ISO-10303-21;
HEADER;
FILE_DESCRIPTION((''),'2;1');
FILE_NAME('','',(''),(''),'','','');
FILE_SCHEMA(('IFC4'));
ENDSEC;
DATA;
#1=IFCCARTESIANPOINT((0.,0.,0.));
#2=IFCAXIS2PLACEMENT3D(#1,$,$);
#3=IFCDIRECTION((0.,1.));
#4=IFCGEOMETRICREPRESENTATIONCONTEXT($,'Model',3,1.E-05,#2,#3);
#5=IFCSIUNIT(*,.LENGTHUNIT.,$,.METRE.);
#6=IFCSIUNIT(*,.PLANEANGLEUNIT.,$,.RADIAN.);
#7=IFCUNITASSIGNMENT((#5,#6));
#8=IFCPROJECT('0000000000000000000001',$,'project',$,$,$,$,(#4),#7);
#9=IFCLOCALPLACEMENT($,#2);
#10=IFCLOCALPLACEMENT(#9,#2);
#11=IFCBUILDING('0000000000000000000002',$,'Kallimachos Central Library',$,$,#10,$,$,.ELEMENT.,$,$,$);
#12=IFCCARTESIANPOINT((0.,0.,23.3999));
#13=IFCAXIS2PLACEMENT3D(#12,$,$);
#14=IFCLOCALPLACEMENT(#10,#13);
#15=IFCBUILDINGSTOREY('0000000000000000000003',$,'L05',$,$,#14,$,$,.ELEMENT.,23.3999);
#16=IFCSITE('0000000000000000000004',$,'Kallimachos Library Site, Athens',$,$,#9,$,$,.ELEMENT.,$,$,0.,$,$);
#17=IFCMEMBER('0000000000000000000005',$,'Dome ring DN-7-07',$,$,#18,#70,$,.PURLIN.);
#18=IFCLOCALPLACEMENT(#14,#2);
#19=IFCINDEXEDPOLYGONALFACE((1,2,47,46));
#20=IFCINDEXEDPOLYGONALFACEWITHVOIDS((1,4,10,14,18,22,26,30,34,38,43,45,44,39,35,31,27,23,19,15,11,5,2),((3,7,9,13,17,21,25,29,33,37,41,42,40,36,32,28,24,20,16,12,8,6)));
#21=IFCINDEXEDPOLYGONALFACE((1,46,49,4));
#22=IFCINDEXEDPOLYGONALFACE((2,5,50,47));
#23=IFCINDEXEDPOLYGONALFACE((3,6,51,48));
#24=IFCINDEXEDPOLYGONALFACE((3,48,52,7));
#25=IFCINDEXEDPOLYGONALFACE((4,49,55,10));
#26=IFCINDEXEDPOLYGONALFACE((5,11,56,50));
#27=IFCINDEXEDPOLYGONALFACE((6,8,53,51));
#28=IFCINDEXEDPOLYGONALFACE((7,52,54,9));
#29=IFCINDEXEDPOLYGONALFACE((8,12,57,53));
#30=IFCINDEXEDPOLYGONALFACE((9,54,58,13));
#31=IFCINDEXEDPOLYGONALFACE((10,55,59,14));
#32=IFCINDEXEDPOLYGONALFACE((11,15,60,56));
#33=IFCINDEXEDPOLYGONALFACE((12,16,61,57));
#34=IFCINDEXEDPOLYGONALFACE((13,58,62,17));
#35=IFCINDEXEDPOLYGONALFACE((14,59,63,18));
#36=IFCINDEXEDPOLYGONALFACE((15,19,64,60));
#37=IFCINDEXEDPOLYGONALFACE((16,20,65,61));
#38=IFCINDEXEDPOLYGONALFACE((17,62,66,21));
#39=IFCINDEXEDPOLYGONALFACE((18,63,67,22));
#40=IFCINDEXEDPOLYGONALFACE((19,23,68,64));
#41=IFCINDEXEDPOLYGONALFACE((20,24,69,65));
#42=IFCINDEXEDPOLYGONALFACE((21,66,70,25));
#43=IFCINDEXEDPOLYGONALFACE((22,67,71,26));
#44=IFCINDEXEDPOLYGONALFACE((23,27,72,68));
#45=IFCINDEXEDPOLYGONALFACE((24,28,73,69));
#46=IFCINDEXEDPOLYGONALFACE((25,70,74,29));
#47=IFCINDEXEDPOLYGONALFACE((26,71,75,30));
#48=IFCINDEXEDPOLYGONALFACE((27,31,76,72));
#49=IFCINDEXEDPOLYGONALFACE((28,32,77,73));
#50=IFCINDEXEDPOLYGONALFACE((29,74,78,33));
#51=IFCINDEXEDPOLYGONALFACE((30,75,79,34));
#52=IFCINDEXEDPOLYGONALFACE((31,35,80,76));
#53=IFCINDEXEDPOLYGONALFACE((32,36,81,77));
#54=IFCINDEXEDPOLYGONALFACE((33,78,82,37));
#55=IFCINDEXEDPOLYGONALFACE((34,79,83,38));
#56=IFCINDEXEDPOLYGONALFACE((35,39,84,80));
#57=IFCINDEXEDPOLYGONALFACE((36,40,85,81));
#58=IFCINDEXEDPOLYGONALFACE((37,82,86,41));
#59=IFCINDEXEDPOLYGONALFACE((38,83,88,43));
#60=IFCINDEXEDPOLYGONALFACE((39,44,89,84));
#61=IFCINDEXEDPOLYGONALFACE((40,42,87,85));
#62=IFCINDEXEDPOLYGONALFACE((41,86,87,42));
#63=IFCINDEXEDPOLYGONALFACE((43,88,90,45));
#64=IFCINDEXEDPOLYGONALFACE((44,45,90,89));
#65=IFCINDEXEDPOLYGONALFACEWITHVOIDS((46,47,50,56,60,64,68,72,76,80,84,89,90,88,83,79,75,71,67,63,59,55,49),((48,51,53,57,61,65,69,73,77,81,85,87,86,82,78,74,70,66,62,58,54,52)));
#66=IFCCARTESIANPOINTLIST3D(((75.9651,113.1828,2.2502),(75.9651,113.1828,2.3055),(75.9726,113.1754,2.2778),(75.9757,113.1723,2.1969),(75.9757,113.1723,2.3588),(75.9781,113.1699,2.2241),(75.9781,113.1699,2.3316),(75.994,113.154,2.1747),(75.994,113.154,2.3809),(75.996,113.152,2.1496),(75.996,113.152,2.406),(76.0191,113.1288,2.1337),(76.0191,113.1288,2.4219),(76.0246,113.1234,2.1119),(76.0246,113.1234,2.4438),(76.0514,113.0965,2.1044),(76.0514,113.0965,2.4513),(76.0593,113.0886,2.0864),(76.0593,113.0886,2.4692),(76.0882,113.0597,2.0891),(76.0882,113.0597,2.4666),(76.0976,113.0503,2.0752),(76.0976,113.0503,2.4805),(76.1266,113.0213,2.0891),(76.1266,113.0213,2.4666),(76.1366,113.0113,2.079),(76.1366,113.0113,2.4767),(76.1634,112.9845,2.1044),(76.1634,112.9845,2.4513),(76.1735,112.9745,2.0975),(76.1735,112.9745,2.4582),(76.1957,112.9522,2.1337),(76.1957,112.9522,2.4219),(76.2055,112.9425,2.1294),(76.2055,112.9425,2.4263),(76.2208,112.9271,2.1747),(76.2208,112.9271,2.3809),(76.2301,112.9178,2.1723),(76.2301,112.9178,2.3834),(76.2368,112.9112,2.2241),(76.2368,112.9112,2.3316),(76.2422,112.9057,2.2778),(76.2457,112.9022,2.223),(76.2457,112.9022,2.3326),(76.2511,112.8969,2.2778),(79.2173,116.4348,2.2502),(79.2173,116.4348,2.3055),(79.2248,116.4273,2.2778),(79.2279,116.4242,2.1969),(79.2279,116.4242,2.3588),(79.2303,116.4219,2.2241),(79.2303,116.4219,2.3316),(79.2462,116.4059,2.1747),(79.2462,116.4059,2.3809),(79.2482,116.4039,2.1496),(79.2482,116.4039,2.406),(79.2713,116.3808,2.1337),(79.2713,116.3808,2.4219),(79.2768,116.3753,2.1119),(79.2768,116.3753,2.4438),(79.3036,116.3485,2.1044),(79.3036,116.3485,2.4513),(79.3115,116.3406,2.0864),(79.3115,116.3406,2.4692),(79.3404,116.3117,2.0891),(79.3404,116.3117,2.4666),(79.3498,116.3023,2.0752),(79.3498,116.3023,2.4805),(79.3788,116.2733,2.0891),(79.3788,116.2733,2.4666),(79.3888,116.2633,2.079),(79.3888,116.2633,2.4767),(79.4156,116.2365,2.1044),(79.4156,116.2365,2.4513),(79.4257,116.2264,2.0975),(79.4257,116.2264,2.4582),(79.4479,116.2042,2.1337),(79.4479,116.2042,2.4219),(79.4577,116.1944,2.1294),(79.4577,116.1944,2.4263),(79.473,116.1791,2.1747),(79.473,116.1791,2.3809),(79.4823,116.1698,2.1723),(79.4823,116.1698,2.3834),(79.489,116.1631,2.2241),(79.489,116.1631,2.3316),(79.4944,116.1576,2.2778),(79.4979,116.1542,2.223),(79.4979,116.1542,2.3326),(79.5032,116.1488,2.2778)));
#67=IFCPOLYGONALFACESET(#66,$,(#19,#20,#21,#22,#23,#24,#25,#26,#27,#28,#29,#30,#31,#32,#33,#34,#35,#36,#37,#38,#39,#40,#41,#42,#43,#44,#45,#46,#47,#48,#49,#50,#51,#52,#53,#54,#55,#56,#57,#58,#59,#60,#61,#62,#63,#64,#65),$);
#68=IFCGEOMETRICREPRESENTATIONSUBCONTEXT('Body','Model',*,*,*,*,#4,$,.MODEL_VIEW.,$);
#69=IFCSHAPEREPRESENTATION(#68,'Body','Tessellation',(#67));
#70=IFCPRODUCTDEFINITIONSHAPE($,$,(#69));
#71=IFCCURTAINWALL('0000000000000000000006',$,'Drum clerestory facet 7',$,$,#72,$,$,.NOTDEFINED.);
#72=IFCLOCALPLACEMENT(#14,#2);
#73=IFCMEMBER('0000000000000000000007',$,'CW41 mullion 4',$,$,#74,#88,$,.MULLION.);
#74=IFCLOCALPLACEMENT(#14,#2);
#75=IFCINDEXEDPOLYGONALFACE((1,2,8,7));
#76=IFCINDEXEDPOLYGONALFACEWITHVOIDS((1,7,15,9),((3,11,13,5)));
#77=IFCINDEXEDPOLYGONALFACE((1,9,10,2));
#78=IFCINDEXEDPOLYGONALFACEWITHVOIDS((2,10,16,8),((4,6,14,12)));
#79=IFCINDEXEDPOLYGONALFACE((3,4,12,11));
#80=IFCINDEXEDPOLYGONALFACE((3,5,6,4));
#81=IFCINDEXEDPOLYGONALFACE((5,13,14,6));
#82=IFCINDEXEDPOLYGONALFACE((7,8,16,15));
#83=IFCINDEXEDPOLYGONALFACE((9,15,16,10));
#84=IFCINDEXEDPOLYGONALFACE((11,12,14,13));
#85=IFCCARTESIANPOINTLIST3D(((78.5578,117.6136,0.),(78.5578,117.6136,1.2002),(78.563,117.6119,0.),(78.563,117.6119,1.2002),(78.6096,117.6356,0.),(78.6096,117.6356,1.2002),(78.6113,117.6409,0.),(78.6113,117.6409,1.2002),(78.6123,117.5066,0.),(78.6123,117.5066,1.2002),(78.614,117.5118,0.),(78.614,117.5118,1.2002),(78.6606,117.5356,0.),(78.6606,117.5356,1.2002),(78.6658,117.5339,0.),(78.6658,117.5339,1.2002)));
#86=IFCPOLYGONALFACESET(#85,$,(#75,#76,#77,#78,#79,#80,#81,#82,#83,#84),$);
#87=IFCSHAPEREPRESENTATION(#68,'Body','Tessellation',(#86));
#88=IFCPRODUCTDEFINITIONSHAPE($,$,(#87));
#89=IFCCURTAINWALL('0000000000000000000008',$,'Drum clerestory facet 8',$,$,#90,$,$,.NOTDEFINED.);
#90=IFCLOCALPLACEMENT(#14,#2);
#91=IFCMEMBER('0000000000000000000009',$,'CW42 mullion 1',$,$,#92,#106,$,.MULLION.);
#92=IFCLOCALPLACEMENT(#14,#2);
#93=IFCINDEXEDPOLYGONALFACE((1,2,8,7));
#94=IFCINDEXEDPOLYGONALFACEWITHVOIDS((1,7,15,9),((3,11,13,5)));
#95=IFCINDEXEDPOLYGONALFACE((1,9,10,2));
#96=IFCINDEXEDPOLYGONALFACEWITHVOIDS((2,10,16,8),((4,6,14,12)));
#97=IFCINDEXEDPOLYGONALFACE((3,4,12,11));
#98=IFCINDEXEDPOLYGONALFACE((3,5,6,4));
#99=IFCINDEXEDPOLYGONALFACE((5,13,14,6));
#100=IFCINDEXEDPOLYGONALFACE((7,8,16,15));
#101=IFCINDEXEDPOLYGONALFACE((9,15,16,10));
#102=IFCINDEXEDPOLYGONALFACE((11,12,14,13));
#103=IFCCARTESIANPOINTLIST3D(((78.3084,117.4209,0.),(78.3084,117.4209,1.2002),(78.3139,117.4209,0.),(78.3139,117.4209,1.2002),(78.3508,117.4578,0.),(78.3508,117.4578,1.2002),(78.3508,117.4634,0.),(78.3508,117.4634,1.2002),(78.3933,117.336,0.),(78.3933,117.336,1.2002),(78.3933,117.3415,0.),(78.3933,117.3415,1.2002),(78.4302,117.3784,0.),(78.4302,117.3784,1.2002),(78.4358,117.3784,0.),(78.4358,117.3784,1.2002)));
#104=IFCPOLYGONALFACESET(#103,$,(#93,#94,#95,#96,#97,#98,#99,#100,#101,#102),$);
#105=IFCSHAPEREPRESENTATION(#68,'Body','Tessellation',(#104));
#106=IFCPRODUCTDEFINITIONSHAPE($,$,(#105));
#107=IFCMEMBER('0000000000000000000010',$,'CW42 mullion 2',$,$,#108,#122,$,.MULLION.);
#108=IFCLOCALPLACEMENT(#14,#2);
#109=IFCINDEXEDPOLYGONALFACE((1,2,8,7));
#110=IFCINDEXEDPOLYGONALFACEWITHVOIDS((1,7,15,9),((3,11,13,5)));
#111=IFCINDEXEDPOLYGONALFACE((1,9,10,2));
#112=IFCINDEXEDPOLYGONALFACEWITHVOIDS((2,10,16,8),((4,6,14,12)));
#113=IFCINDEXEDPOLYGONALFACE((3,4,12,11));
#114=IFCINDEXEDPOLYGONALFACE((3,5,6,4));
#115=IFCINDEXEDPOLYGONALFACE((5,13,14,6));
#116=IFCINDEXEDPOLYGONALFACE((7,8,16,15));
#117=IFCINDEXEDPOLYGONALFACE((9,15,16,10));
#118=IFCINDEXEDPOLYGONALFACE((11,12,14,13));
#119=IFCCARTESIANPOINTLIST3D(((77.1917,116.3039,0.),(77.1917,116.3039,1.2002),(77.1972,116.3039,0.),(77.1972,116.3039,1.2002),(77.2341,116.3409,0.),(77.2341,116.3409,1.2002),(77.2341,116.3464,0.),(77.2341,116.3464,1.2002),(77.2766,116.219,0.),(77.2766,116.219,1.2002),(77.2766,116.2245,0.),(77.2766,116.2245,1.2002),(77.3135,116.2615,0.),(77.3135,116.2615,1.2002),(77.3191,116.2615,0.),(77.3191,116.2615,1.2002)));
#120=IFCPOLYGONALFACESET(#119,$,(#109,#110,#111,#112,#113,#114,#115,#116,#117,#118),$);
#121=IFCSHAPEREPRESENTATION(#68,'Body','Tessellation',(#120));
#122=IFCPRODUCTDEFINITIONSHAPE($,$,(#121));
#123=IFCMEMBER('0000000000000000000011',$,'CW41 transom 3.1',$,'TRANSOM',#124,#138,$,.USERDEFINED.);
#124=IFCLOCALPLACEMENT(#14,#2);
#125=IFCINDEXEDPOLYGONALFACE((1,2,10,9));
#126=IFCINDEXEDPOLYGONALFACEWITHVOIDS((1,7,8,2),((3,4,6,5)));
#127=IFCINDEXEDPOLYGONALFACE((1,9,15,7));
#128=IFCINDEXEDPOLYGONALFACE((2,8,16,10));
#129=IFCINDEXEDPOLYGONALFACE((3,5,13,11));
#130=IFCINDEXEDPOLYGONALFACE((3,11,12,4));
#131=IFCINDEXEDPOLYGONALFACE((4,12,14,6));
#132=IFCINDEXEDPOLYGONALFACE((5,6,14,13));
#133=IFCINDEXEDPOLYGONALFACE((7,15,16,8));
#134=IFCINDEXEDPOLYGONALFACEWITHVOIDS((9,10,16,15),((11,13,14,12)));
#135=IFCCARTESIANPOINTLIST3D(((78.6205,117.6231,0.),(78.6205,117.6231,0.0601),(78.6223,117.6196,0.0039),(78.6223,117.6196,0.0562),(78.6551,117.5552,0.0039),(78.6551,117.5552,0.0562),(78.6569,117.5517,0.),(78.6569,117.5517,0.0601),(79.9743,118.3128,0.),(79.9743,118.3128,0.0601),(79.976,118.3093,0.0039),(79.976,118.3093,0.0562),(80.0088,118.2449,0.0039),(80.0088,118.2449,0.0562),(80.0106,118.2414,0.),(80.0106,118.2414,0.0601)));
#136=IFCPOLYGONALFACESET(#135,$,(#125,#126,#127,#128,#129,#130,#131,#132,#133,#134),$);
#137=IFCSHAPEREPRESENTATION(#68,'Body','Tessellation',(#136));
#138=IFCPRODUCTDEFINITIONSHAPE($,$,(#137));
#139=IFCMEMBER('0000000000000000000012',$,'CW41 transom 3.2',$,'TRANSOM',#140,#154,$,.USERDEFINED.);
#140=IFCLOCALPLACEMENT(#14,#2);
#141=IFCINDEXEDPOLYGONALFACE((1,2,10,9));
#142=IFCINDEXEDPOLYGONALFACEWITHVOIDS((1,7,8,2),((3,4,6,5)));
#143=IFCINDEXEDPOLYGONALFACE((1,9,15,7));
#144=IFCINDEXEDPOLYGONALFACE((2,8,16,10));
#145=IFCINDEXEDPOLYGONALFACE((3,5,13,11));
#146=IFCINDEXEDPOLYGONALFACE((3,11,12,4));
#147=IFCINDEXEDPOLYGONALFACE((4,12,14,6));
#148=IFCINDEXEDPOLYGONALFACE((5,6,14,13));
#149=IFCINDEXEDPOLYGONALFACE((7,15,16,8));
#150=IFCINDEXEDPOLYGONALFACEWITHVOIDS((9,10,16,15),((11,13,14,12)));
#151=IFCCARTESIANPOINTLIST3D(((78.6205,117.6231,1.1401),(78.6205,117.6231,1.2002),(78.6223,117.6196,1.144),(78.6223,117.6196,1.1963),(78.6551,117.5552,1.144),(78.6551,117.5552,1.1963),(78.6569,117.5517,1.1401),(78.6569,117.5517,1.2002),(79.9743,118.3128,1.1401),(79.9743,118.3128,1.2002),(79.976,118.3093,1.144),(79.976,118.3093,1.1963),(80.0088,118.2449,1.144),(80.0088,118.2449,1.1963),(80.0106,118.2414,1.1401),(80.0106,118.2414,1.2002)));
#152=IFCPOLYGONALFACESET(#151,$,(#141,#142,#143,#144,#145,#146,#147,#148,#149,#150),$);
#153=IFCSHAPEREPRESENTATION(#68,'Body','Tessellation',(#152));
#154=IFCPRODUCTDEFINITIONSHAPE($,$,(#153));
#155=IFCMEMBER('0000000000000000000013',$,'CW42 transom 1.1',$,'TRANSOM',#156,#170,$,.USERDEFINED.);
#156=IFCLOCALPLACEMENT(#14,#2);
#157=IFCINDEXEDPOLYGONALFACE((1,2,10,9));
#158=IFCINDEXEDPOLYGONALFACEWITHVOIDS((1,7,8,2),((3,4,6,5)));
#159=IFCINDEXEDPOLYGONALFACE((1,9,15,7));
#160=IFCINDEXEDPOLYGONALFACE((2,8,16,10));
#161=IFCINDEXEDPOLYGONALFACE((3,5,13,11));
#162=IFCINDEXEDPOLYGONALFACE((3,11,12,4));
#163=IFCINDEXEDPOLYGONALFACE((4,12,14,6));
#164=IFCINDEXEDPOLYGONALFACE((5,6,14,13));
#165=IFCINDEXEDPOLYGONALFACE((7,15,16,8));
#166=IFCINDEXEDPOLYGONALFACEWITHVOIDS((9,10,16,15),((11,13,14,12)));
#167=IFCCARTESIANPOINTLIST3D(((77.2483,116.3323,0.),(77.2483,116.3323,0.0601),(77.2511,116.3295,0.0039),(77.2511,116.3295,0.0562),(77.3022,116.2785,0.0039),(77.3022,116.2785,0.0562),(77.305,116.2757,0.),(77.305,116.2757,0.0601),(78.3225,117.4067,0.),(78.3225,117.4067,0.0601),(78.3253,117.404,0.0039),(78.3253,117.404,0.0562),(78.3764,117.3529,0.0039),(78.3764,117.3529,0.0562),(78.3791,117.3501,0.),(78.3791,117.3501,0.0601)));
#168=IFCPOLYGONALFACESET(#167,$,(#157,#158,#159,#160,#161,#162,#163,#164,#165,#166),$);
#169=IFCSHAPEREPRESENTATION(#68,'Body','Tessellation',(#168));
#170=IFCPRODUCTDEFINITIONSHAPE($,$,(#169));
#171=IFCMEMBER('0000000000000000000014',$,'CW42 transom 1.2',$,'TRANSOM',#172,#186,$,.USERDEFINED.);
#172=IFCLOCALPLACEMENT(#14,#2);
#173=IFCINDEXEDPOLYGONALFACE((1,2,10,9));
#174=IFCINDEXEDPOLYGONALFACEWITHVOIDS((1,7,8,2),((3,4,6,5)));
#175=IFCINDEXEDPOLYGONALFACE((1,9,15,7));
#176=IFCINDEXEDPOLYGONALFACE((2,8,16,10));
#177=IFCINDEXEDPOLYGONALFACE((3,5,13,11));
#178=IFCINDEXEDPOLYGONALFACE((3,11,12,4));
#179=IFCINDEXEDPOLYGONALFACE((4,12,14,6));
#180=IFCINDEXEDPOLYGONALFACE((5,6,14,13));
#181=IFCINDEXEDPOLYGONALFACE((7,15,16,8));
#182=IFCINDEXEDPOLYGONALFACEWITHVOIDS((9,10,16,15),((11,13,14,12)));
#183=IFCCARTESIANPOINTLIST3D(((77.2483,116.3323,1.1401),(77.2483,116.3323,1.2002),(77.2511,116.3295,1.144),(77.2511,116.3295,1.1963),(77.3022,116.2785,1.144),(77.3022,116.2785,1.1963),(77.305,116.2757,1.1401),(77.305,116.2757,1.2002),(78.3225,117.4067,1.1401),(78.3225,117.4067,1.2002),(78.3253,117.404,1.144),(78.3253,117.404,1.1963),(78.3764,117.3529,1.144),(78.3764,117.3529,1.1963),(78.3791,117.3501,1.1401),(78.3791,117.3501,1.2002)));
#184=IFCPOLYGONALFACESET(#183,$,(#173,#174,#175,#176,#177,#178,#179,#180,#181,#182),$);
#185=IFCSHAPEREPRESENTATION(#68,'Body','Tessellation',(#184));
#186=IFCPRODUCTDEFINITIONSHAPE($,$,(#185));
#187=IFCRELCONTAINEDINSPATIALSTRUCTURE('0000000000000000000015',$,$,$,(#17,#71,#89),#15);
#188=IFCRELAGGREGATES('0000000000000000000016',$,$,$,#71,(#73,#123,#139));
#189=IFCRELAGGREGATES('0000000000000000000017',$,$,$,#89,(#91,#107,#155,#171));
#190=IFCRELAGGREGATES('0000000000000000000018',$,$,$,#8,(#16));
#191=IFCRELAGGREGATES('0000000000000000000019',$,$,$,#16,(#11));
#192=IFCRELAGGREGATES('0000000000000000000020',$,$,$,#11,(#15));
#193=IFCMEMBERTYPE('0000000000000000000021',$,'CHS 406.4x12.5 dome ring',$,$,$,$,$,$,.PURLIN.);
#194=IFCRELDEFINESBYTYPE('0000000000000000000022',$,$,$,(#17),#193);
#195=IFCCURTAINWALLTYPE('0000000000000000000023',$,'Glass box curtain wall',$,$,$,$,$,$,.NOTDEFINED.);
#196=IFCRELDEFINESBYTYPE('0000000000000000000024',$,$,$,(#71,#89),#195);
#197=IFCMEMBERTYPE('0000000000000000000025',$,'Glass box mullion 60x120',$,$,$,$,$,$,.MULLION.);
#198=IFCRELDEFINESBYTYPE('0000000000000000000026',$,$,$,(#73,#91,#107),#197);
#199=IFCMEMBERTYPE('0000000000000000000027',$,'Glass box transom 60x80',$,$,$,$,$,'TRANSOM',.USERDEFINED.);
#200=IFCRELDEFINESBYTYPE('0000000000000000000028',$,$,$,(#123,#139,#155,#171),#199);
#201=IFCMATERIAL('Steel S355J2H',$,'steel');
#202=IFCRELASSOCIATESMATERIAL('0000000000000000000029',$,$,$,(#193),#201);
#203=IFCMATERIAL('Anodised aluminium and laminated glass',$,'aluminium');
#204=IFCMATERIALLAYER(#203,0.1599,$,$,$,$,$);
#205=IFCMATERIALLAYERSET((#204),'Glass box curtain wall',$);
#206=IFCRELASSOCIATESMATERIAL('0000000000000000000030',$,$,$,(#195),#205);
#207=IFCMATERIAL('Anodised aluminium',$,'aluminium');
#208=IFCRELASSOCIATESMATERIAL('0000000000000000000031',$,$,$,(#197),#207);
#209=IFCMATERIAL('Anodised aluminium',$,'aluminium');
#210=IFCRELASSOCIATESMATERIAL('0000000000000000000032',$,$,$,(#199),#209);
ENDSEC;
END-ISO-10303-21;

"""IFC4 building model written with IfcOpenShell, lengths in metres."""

from ifc_helpers import new_model, si_unit, direction, frame, origin, origin_2d, place, context, subcontext, project, spatial, hollow_rectangle, hollow_circle, extrude, material, layer, layer_set, material_profile, profile_set, type_object, element, aggregate, save


model = new_model("IFC4")

# Units and contexts
model_context = context("Model", 3, precision=1e-05, world=origin(), true_north=direction((0.0, 1.0)))
body_context = subcontext(model_context, "Body", "Model", "MODEL_VIEW")
ifc_project = project(units=[si_unit("LENGTHUNIT", "METRE"), si_unit("PLANEANGLEUNIT", "RADIAN")], contexts=[model_context])

# Site, building, storey
site_placement = place(None, origin())
site = spatial("IfcSite", under=ifc_project, at=site_placement, Name="Kallimachos Library Site, Athens", CompositionType="ELEMENT", RefElevation=0.0)
building_placement = place(site_placement, origin())
building = spatial("IfcBuilding", under=site, at=building_placement, Name="Kallimachos Central Library", CompositionType="ELEMENT")
storey_placement = place(building_placement, frame((0.0, 0.0, 23.3999)))
storey = spatial("IfcBuildingStorey", under=building, at=storey_placement, Name="L05", CompositionType="ELEMENT", Elevation=23.3999)

# Member
ifc_material_1 = material(Name="Steel S355J2H", Category="steel")
ifc_material_profile_1 = material_profile(ifc_material_1, hollow_circle(Radius=0.2031, WallThickness=0.0125, at=origin_2d()), Name="CHS 406.4x12.5")
ifc_profile_set_1 = profile_set([ifc_material_profile_1], Name="Steel S355J2H")
member_type_1 = type_object("IfcMemberType", Name="CHS 406.4x12.5 dome ring", PredefinedType="PURLIN", material=ifc_profile_set_1)
member_1_placement = place(storey_placement, frame((79.3596, 116.2925, 2.2778), z_axis=(-0.707133, -0.70708, 0.0), x_axis=(0.70708, -0.707133, 0.0)))
element("IfcMember", 1, at=member_1_placement, inside=storey, type_object=member_type_1, Name="Dome ring DN-7-07", PredefinedType="PURLIN", context=body_context, shape_type="SweptSolid", body=[
    extrude(hollow_circle(Radius=0.2031, WallThickness=0.0125, at=origin_2d()), origin(), (0.0, 0.0, 1.0), 4.5991),
])

# Curtain wall, member
ifc_material_2 = material(Name="Anodised aluminium and laminated glass", Category="aluminium")
ifc_layer_1 = layer(ifc_material_2, 0.1599)
ifc_layer_set_1 = layer_set([ifc_layer_1], Name="Glass box curtain wall")
curtain_wall_type = type_object("IfcCurtainWallType", Name="Glass box curtain wall", PredefinedType="NOTDEFINED", material=ifc_layer_set_1)
curtain_wall_1_placement = place(storey_placement, origin())
curtain_wall_1 = element("IfcCurtainWall", 2, at=curtain_wall_1_placement, inside=storey, type_object=curtain_wall_type, Name="Drum clerestory facet 7", PredefinedType="NOTDEFINED")
ifc_material_3 = material(Name="Anodised aluminium", Category="aluminium")
ifc_material_profile_2 = material_profile(ifc_material_3, hollow_rectangle(XDim=0.0601, YDim=0.1201, WallThickness=0.0039, at=origin_2d()), Name="ALU MULLION 60x120")
ifc_profile_set_2 = profile_set([ifc_material_profile_2], Name="Anodised aluminium")
member_type_2 = type_object("IfcMemberType", Name="Glass box mullion 60x120", PredefinedType="MULLION", material=ifc_profile_set_2)
member_2_placement = place(storey_placement, frame((78.6118, 117.5737, 0.0), z_axis=(0.0, 0.0, 1.0), x_axis=(-0.891006, -0.453991, 0.0)))
member_2 = element("IfcMember", 3, at=member_2_placement, type_object=member_type_2, Name="CW41 mullion 4", PredefinedType="MULLION", context=body_context, shape_type="SweptSolid", body=[
    extrude(hollow_rectangle(XDim=0.0601, YDim=0.1201, WallThickness=0.0039, at=origin_2d()), origin(), (0.0, 0.0, 1.0), 1.2002),
])

# Curtain wall, members
curtain_wall_2_placement = place(storey_placement, origin())
curtain_wall_2 = element("IfcCurtainWall", 4, at=curtain_wall_2_placement, inside=storey, type_object=curtain_wall_type, Name="Drum clerestory facet 8", PredefinedType="NOTDEFINED")
member_3_placement = place(storey_placement, frame((78.3721, 117.3997, 0.0), z_axis=(0.0, 0.0, 1.0), x_axis=(-0.707107, -0.707107, 0.0)))
member_3 = element("IfcMember", 5, at=member_3_placement, type_object=member_type_2, Name="CW42 mullion 1", PredefinedType="MULLION", context=body_context, shape_type="SweptSolid", body=[
    extrude(hollow_rectangle(XDim=0.0601, YDim=0.1201, WallThickness=0.0039, at=origin_2d()), origin(), (0.0, 0.0, 1.0), 1.2002),
])
member_4_placement = place(storey_placement, frame((77.2554, 116.2827, 0.0), z_axis=(0.0, 0.0, 1.0), x_axis=(-0.707107, -0.707107, 0.0)))
member_4 = element("IfcMember", 6, at=member_4_placement, type_object=member_type_2, Name="CW42 mullion 2", PredefinedType="MULLION", context=body_context, shape_type="SweptSolid", body=[
    extrude(hollow_rectangle(XDim=0.0601, YDim=0.1201, WallThickness=0.0039, at=origin_2d()), origin(), (0.0, 0.0, 1.0), 1.2002),
])

# Members
ifc_material_4 = material(Name="Anodised aluminium", Category="aluminium")
ifc_material_profile_3 = material_profile(ifc_material_4, hollow_rectangle(XDim=0.0601, YDim=0.0801, WallThickness=0.0039, at=origin_2d()), Name="ALU TRANSOM 60x80")
ifc_profile_set_3 = profile_set([ifc_material_profile_3], Name="Anodised aluminium")
member_type_3 = type_object("IfcMemberType", Name="Glass box transom 60x80", ElementType="TRANSOM", PredefinedType="USERDEFINED", material=ifc_profile_set_3)
member_5_placement = place(storey_placement, frame((79.9924, 118.2771, 0.03), z_axis=(-0.891027, -0.45395, 0.0), x_axis=(0.0, 0.0, 1.0)))
member_5 = element("IfcMember", 7, at=member_5_placement, type_object=member_type_3, Name="CW41 transom 3.1", ObjectType="TRANSOM", PredefinedType="USERDEFINED", context=body_context, shape_type="SweptSolid", body=[
    extrude(hollow_rectangle(XDim=0.0601, YDim=0.0801, WallThickness=0.0039, at=origin_2d()), origin(), (0.0, 0.0, 1.0), 1.5193),
])
member_6_placement = place(storey_placement, frame((79.9924, 118.2771, 1.1702), z_axis=(-0.891027, -0.45395, 0.0), x_axis=(0.0, 0.0, 1.0)))
member_6 = element("IfcMember", 8, at=member_6_placement, type_object=member_type_3, Name="CW41 transom 3.2", ObjectType="TRANSOM", PredefinedType="USERDEFINED", context=body_context, shape_type="SweptSolid", body=[
    extrude(hollow_rectangle(XDim=0.0601, YDim=0.0801, WallThickness=0.0039, at=origin_2d()), origin(), (0.0, 0.0, 1.0), 1.5193),
])
member_7_placement = place(storey_placement, frame((78.3508, 117.3784, 0.03), z_axis=(-0.707026, -0.707187, 0.0), x_axis=(0.0, 0.0, 1.0)))
member_7 = element("IfcMember", 9, at=member_7_placement, type_object=member_type_3, Name="CW42 transom 1.1", ObjectType="TRANSOM", PredefinedType="USERDEFINED", context=body_context, shape_type="SweptSolid", body=[
    extrude(hollow_rectangle(XDim=0.0601, YDim=0.0801, WallThickness=0.0039, at=origin_2d()), origin(), (0.0, 0.0, 1.0), 1.5193),
])
member_8_placement = place(storey_placement, frame((78.3508, 117.3784, 1.1702), z_axis=(-0.707026, -0.707187, 0.0), x_axis=(0.0, 0.0, 1.0)))
member_8 = element("IfcMember", 10, at=member_8_placement, type_object=member_type_3, Name="CW42 transom 1.2", ObjectType="TRANSOM", PredefinedType="USERDEFINED", context=body_context, shape_type="SweptSolid", body=[
    extrude(hollow_rectangle(XDim=0.0601, YDim=0.0801, WallThickness=0.0039, at=origin_2d()), origin(), (0.0, 0.0, 1.0), 1.5193),
])

aggregate(curtain_wall_1, [member_2, member_5, member_6])
aggregate(curtain_wall_2, [member_3, member_4, member_7, member_8])

save(model, "model.ifc")
